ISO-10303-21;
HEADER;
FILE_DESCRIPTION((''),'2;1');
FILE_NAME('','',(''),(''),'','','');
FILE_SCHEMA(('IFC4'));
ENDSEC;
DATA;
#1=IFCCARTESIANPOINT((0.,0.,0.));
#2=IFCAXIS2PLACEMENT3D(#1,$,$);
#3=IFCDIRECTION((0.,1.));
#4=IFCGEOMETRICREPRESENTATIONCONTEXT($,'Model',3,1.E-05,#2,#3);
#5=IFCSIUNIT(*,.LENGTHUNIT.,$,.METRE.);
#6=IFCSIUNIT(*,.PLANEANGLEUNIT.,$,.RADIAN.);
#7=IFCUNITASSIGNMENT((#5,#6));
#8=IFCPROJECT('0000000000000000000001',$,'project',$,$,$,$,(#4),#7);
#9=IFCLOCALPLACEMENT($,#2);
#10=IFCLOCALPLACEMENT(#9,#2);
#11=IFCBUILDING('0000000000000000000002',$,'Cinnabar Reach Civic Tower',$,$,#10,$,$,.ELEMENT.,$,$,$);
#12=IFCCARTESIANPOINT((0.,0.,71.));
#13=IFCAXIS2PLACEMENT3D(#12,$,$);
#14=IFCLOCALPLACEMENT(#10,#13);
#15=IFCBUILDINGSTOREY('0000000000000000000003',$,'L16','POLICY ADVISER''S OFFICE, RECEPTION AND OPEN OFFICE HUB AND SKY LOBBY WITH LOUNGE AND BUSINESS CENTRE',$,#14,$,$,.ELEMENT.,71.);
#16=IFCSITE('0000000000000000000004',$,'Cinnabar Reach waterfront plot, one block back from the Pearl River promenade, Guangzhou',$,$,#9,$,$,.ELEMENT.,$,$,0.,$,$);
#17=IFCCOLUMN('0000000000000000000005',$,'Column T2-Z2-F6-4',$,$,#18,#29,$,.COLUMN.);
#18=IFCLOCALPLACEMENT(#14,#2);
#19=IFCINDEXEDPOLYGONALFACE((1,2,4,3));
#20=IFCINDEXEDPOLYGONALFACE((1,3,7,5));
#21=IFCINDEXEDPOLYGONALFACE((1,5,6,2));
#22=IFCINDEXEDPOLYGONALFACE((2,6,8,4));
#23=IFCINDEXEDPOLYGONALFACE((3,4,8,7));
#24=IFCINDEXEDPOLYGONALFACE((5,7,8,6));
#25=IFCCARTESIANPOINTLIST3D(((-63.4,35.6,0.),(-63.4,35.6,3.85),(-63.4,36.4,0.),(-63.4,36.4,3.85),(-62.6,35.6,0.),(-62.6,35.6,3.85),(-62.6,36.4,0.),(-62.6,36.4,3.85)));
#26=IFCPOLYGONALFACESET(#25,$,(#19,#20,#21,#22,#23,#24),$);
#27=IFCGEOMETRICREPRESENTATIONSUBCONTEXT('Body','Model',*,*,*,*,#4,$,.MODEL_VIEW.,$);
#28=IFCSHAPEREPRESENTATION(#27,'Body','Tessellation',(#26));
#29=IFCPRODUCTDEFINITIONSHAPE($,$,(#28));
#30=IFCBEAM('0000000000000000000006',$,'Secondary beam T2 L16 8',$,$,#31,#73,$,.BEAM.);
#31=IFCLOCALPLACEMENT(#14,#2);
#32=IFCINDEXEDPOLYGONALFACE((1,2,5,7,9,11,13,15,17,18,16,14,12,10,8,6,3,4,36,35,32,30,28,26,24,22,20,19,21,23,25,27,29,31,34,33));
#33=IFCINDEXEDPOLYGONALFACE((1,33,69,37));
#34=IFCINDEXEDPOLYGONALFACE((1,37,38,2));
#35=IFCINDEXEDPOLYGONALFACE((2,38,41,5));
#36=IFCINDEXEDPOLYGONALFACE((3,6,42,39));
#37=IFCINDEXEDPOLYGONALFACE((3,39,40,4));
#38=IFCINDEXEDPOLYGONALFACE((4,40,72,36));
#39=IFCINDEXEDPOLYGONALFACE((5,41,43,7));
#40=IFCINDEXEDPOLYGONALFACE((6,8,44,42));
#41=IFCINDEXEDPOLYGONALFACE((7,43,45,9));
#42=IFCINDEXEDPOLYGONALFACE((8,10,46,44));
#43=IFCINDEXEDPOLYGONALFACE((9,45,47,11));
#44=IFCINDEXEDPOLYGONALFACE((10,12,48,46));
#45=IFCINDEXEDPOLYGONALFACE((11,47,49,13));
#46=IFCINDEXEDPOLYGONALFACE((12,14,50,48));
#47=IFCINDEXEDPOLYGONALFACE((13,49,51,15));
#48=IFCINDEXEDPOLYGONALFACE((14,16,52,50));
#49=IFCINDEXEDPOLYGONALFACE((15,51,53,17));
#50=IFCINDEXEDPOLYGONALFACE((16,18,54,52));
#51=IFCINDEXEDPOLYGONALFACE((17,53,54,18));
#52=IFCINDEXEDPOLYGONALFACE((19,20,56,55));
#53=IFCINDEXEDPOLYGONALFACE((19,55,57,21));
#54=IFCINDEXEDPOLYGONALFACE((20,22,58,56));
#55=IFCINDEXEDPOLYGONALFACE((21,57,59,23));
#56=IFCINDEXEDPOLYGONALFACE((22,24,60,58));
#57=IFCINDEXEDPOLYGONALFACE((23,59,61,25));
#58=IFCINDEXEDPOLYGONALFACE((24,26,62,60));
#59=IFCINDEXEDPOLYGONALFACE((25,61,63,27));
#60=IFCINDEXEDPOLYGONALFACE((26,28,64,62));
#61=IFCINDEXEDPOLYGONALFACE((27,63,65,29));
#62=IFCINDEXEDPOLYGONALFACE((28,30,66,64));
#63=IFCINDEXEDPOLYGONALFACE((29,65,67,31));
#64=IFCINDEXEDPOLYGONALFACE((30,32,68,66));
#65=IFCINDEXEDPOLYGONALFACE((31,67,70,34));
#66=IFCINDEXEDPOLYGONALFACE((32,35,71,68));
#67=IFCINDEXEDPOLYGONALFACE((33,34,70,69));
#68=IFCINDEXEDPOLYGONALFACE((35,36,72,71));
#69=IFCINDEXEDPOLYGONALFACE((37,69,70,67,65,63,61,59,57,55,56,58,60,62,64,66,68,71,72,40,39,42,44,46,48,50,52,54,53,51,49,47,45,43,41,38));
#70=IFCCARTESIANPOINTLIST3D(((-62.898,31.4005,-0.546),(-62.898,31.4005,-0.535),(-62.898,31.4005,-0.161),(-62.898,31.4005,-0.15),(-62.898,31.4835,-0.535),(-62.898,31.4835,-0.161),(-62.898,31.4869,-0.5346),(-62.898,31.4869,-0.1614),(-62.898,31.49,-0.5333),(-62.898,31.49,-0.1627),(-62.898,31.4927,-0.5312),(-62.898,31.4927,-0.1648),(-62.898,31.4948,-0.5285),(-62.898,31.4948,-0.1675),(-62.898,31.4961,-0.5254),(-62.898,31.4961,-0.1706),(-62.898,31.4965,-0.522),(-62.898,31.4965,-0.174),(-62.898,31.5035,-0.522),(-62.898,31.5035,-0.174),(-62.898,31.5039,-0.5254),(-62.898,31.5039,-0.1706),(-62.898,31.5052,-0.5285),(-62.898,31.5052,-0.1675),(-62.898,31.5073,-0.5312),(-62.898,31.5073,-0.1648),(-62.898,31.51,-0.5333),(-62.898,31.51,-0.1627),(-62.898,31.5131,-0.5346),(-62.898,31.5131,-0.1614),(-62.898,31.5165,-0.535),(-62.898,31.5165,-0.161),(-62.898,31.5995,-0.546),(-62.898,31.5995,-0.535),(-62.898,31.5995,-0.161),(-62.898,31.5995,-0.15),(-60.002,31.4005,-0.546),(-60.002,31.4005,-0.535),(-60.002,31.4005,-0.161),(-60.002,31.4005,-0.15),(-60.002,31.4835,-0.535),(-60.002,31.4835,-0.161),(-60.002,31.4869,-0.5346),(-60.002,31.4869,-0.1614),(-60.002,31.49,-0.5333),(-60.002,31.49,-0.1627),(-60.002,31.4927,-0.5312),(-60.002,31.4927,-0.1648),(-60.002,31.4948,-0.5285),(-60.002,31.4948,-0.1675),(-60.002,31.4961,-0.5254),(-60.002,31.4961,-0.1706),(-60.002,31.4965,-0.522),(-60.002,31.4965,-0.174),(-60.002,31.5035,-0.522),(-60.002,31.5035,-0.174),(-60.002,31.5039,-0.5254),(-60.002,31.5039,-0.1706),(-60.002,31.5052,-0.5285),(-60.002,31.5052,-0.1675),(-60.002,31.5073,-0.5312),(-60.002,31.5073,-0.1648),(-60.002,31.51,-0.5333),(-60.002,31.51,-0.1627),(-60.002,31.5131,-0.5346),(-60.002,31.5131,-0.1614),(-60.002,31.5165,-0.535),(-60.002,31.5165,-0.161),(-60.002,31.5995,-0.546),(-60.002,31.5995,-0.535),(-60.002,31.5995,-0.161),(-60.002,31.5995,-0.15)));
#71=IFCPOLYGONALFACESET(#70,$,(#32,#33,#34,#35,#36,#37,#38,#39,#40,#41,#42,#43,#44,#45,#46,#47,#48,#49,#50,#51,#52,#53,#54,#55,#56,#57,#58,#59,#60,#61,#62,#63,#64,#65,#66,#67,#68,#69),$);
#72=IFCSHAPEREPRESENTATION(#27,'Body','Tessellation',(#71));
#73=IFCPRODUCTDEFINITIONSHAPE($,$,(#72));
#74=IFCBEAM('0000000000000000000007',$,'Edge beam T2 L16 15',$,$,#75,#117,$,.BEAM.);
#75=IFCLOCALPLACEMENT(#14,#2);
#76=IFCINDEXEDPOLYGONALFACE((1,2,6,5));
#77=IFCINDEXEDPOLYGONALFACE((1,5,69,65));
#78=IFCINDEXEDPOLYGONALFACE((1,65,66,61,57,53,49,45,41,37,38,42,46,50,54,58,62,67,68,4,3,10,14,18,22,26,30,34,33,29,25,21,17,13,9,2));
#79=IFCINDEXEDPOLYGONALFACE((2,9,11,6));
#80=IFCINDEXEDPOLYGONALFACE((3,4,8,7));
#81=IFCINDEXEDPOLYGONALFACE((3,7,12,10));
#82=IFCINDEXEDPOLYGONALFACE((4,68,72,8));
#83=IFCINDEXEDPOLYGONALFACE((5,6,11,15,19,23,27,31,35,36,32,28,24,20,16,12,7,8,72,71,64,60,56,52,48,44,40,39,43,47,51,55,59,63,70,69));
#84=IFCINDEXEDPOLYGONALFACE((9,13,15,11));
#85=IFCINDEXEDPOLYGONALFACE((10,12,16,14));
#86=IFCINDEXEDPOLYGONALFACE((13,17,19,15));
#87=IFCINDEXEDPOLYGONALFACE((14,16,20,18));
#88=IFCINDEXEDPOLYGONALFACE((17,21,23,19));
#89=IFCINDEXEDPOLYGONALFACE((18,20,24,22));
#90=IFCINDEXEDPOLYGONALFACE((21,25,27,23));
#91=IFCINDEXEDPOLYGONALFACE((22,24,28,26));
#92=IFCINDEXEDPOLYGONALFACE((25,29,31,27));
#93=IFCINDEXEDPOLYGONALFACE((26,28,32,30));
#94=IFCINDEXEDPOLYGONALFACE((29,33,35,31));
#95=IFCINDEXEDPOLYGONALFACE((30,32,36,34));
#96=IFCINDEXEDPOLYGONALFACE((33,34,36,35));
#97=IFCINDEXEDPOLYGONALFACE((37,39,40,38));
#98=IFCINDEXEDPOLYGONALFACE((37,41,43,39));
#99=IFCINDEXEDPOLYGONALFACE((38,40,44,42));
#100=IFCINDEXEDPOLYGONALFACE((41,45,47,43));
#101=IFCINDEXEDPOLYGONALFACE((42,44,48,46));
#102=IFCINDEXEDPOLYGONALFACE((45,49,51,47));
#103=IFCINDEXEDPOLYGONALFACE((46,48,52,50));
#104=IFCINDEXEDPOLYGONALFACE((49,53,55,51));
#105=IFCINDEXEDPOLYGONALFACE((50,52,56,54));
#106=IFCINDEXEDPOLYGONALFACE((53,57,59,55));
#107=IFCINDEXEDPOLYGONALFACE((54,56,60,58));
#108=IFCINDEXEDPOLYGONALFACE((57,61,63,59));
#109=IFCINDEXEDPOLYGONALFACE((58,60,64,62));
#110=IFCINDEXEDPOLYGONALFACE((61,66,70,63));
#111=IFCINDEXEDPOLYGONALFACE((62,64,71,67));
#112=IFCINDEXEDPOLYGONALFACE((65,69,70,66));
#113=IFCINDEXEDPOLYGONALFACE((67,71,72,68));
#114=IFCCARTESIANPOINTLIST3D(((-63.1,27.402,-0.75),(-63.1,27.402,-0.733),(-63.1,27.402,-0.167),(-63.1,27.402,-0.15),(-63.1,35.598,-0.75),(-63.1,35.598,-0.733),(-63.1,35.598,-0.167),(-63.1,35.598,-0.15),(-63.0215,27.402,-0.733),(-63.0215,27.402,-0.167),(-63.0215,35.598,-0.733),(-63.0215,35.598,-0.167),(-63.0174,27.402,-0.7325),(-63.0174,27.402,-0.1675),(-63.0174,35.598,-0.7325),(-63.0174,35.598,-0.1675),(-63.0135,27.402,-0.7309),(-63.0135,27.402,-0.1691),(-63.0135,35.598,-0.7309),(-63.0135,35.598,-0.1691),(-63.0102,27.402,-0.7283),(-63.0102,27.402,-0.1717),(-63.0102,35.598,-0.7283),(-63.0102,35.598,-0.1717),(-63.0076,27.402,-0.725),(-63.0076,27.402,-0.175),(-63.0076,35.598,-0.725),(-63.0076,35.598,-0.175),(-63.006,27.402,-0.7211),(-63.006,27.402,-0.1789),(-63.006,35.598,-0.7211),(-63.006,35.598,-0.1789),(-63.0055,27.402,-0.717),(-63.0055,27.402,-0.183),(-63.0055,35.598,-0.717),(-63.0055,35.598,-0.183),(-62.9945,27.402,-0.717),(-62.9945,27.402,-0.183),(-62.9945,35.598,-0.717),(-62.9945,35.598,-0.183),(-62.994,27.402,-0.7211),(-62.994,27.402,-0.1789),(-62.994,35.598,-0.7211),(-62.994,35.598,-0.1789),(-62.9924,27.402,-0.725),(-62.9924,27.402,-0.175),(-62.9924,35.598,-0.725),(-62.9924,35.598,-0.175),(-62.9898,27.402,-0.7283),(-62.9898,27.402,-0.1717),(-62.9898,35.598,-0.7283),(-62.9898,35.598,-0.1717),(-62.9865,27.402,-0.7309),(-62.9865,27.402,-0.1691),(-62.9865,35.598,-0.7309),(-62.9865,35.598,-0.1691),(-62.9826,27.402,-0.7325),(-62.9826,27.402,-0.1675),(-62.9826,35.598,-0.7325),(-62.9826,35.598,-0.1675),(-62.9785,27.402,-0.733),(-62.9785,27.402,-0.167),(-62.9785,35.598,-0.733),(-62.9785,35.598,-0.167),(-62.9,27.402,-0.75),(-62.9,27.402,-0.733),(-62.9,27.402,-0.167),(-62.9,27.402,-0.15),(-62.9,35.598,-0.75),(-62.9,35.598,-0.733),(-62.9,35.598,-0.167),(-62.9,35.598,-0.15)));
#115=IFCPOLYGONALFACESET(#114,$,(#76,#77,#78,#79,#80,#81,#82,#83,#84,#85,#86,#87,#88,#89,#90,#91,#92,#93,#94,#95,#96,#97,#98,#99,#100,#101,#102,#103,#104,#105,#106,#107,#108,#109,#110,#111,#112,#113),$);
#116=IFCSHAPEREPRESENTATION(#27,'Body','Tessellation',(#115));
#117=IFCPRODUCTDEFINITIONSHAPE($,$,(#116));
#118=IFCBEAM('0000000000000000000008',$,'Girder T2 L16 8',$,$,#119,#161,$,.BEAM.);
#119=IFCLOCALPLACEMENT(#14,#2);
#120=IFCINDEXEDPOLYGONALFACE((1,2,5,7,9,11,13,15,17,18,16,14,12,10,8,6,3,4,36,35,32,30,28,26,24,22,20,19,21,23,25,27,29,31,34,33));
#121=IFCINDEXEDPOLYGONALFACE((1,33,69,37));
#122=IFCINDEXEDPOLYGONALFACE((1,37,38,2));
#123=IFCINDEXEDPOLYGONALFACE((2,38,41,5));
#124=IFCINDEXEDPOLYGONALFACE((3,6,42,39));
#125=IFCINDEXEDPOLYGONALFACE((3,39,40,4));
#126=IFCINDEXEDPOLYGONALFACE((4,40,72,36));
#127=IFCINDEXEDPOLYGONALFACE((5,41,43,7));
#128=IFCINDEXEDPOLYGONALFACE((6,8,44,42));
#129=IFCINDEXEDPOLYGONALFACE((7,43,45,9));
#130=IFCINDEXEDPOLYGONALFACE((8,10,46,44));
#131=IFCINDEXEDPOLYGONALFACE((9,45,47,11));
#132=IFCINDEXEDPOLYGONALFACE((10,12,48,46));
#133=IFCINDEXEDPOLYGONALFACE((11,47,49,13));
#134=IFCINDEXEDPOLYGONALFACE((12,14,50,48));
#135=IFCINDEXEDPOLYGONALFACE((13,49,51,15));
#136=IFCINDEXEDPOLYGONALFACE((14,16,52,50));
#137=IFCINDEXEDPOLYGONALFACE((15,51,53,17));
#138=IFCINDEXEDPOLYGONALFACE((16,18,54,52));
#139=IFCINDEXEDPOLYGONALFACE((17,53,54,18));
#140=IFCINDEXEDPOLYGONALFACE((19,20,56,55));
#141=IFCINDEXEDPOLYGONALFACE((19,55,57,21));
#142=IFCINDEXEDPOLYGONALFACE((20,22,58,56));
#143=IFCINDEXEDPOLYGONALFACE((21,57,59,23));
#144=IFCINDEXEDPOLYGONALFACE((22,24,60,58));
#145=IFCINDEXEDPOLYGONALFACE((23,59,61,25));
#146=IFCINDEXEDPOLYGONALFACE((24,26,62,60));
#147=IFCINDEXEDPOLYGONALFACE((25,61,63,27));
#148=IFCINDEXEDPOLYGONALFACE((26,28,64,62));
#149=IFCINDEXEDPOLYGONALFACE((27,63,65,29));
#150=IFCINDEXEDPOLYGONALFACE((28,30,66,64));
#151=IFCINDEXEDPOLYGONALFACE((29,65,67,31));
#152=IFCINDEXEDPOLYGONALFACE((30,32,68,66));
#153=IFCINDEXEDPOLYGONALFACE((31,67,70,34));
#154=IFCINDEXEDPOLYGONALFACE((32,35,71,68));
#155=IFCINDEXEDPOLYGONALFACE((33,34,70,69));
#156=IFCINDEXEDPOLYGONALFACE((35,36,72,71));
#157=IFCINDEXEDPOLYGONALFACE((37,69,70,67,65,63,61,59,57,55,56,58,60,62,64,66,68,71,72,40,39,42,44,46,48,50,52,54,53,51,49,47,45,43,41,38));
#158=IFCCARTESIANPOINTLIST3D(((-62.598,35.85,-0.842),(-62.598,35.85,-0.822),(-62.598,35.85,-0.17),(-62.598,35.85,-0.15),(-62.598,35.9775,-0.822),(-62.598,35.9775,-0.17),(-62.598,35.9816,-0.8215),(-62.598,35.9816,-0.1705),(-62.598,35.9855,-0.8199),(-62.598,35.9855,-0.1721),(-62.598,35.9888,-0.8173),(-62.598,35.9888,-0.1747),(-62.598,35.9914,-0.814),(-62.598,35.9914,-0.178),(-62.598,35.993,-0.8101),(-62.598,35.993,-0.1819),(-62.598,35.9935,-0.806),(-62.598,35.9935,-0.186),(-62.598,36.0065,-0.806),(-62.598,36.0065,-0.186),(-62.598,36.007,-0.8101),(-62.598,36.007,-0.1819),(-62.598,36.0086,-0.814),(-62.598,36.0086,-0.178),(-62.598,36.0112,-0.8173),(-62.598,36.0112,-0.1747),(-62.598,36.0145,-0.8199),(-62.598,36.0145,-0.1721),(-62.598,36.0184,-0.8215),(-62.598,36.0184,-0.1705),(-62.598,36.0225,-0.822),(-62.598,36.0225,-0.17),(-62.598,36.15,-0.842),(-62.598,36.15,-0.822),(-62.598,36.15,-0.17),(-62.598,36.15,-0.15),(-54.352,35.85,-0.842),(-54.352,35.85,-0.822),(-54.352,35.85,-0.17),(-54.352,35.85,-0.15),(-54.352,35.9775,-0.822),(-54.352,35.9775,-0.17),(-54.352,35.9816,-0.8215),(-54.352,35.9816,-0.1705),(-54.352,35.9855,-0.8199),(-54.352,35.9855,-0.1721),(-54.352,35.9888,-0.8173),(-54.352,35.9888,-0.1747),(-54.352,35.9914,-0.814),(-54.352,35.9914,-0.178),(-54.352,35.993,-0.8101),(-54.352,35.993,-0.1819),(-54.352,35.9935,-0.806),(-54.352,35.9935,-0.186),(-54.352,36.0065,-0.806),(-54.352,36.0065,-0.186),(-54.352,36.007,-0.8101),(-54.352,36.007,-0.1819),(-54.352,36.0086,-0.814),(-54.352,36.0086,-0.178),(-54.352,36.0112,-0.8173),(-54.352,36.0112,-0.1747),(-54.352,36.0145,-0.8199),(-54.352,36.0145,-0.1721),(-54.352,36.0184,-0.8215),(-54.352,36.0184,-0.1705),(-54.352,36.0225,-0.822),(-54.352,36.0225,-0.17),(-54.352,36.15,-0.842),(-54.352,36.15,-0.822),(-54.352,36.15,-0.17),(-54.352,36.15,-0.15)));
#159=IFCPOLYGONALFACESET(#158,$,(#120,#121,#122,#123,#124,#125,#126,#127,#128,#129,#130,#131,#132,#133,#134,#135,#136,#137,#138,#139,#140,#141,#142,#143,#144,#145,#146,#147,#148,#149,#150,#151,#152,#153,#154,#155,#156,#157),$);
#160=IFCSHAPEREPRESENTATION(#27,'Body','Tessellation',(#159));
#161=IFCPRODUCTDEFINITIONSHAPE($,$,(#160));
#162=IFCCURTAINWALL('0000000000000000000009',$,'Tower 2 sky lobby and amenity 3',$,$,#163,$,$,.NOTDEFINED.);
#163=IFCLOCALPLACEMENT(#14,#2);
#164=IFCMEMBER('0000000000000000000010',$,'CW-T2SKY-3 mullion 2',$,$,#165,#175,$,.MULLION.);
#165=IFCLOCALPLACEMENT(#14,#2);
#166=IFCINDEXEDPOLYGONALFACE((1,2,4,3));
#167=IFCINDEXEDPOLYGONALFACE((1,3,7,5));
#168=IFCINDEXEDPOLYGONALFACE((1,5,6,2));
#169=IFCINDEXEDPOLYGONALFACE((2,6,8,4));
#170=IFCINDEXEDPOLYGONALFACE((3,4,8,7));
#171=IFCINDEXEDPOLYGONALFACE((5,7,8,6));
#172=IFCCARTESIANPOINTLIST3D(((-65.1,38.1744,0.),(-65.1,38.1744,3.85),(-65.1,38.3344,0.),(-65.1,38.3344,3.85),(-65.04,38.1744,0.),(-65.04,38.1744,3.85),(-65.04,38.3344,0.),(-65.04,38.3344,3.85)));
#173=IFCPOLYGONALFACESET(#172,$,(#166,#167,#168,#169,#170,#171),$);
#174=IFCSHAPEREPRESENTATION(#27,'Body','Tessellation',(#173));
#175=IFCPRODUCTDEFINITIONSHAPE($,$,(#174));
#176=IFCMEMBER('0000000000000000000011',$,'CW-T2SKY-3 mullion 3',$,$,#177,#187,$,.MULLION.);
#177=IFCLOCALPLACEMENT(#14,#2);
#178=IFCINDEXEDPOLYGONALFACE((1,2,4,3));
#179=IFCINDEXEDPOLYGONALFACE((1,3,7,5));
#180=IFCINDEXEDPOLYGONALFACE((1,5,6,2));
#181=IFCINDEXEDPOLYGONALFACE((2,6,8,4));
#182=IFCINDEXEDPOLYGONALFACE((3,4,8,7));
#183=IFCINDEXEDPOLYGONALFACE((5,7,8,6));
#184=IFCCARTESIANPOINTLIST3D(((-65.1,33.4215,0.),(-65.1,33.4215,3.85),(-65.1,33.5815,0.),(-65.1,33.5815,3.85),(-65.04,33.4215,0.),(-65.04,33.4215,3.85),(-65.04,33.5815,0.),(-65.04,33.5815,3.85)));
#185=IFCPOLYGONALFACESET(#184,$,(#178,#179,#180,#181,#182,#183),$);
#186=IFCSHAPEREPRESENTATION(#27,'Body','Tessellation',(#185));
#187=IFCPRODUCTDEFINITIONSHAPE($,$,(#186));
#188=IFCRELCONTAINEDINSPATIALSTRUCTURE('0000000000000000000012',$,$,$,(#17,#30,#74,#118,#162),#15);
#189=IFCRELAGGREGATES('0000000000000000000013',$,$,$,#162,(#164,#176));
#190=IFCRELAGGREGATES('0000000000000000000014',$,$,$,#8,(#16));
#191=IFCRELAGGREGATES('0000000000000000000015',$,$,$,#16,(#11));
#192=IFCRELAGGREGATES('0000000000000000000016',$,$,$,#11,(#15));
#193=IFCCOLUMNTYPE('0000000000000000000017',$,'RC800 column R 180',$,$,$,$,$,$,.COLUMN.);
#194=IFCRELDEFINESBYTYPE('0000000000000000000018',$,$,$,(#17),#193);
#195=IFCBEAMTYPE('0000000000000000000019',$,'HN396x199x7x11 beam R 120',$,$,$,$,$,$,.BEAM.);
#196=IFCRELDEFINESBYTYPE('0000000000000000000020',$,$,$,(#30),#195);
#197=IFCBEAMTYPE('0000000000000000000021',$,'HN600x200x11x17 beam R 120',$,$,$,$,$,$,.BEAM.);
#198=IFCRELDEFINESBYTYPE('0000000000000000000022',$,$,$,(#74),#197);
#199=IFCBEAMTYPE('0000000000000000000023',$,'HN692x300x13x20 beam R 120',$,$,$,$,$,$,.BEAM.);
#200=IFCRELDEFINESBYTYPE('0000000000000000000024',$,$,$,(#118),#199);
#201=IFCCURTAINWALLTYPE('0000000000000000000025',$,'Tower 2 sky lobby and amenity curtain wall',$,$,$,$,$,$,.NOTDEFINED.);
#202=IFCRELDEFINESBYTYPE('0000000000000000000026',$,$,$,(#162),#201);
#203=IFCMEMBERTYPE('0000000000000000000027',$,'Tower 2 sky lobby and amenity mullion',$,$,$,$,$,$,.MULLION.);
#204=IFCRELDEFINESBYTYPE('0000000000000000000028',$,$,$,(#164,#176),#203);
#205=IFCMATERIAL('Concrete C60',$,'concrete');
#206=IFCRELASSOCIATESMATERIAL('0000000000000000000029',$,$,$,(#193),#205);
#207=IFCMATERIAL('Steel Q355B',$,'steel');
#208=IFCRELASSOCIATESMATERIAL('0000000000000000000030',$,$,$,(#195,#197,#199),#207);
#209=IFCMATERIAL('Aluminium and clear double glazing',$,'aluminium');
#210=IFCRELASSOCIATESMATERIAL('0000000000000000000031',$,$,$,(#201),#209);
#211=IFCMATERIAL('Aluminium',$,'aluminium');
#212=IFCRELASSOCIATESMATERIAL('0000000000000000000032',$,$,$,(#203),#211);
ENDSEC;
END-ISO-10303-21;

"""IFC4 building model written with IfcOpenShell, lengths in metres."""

from ifc_helpers import new_model, si_unit, direction, frame, origin, origin_2d, place, context, subcontext, project, spatial, rectangle, i_section, extrude, material, material_profile, profile_set, type_object, element, aggregate, save


model = new_model("IFC4")

# Units and contexts
model_context = context("Model", 3, precision=1e-05, world=origin(), true_north=direction((0.0, 1.0)))
body_context = subcontext(model_context, "Body", "Model", "MODEL_VIEW")
ifc_project = project(units=[si_unit("LENGTHUNIT", "METRE"), si_unit("PLANEANGLEUNIT", "RADIAN")], contexts=[model_context])

# Site, building, storey
site_placement = place(None, origin())
site = spatial("IfcSite", under=ifc_project, at=site_placement, Name="Cinnabar Reach waterfront plot, one block back from the Pearl River promenade, Guangzhou", CompositionType="ELEMENT", RefElevation=0.0)
building_placement = place(site_placement, origin())
building = spatial("IfcBuilding", under=site, at=building_placement, Name="Cinnabar Reach Civic Tower", CompositionType="ELEMENT")
storey_placement = place(building_placement, frame((0.0, 0.0, 71.0)))
storey = spatial("IfcBuildingStorey", under=building, at=storey_placement, Name="L16", Description="POLICY ADVISER'S OFFICE, RECEPTION AND OPEN OFFICE HUB AND SKY LOBBY WITH LOUNGE AND BUSINESS CENTRE", CompositionType="ELEMENT", Elevation=71.0)

# Column
ifc_material_1 = material(Name="Concrete C60", Category="concrete")
ifc_material_profile_1 = material_profile(ifc_material_1, rectangle(XDim=0.8, YDim=0.8, at=origin_2d()), Name="RC800")
ifc_profile_set_1 = profile_set([ifc_material_profile_1], Name="Concrete C60")
column_type = type_object("IfcColumnType", Name="RC800 column R 180", PredefinedType="COLUMN", material=ifc_profile_set_1)
column_placement = place(storey_placement, frame((-63.0, 36.0, 0.0), z_axis=(0.0, 0.0, 1.0), x_axis=(1.0, 0.0, 0.0)))
element("IfcColumn", 1, at=column_placement, inside=storey, type_object=column_type, Name="Column T2-Z2-F6-4", PredefinedType="COLUMN", context=body_context, shape_type="SweptSolid", body=[
    extrude(rectangle(XDim=0.8, YDim=0.8, at=origin_2d()), origin(), (0.0, 0.0, 1.0), 3.85),
])

# Beams
ifc_material_2 = material(Name="Steel Q355B", Category="steel")
ifc_material_profile_2 = material_profile(ifc_material_2, i_section(OverallWidth=0.199, OverallDepth=0.396, WebThickness=0.007, FlangeThickness=0.011, FilletRadius=0.013, at=origin_2d()), Name="HN396x199x7x11")
ifc_profile_set_2 = profile_set([ifc_material_profile_2], Name="Steel Q355B")
beam_type_1 = type_object("IfcBeamType", Name="HN396x199x7x11 beam R 120", PredefinedType="BEAM", material=ifc_profile_set_2)
beam_1_placement = place(storey_placement, frame((-62.898, 31.5, -0.348), z_axis=(1.0, 0.0, 0.0), x_axis=(0.0, 1.0, 0.0)))
element("IfcBeam", 2, at=beam_1_placement, inside=storey, type_object=beam_type_1, Name="Secondary beam T2 L16 8", PredefinedType="BEAM", context=body_context, shape_type="SweptSolid", body=[
    extrude(i_section(OverallWidth=0.199, OverallDepth=0.396, WebThickness=0.007, FlangeThickness=0.011, FilletRadius=0.013, at=origin_2d()), origin(), (0.0, 0.0, 1.0), 2.896),
])
ifc_material_profile_3 = material_profile(ifc_material_2, i_section(OverallWidth=0.2, OverallDepth=0.6, WebThickness=0.011, FlangeThickness=0.017, FilletRadius=0.016, at=origin_2d()), Name="HN600x200x11x17")
ifc_profile_set_3 = profile_set([ifc_material_profile_3], Name="Steel Q355B")
beam_type_2 = type_object("IfcBeamType", Name="HN600x200x11x17 beam R 120", PredefinedType="BEAM", material=ifc_profile_set_3)
beam_2_placement = place(storey_placement, frame((-63.0, 35.598, -0.45), z_axis=(0.0, -1.0, 0.0), x_axis=(1.0, 0.0, 0.0)))
element("IfcBeam", 3, at=beam_2_placement, inside=storey, type_object=beam_type_2, Name="Edge beam T2 L16 15", PredefinedType="BEAM", context=body_context, shape_type="SweptSolid", body=[
    extrude(i_section(OverallWidth=0.2, OverallDepth=0.6, WebThickness=0.011, FlangeThickness=0.017, FilletRadius=0.016, at=origin_2d()), origin(), (0.0, 0.0, 1.0), 8.196),
])
ifc_material_profile_4 = material_profile(ifc_material_2, i_section(OverallWidth=0.3, OverallDepth=0.692, WebThickness=0.013, FlangeThickness=0.02, FilletRadius=0.016, at=origin_2d()), Name="HN692x300x13x20")
ifc_profile_set_4 = profile_set([ifc_material_profile_4], Name="Steel Q355B")
beam_type_3 = type_object("IfcBeamType", Name="HN692x300x13x20 beam R 120", PredefinedType="BEAM", material=ifc_profile_set_4)
beam_3_placement = place(storey_placement, frame((-62.598, 36.0, -0.496), z_axis=(1.0, 0.0, 0.0), x_axis=(0.0, 1.0, 0.0)))
element("IfcBeam", 4, at=beam_3_placement, inside=storey, type_object=beam_type_3, Name="Girder T2 L16 8", PredefinedType="BEAM", context=body_context, shape_type="SweptSolid", body=[
    extrude(i_section(OverallWidth=0.3, OverallDepth=0.692, WebThickness=0.013, FlangeThickness=0.02, FilletRadius=0.016, at=origin_2d()), origin(), (0.0, 0.0, 1.0), 8.246),
])

# Curtain wall, members
ifc_material_3 = material(Name="Aluminium and clear double glazing", Category="aluminium")
curtain_wall_type = type_object("IfcCurtainWallType", Name="Tower 2 sky lobby and amenity curtain wall", PredefinedType="NOTDEFINED", material=ifc_material_3)
curtain_wall_placement = place(storey_placement, origin())
curtain_wall = element("IfcCurtainWall", 5, at=curtain_wall_placement, inside=storey, type_object=curtain_wall_type, Name="Tower 2 sky lobby and amenity 3", PredefinedType="NOTDEFINED")
ifc_material_4 = material(Name="Aluminium", Category="aluminium")
ifc_material_profile_5 = material_profile(ifc_material_4, rectangle(XDim=0.06, YDim=0.16, at=origin_2d()), Name="Tower 2 sky lobby and amenity mullion")
ifc_profile_set_5 = profile_set([ifc_material_profile_5], Name="Aluminium")
member_type_1 = type_object("IfcMemberType", Name="Tower 2 sky lobby and amenity mullion", PredefinedType="MULLION", material=ifc_profile_set_5)
member_1_placement = place(storey_placement, frame((-65.07, 38.2544, 0.0), z_axis=(0.0, 0.0, 1.0), x_axis=(1.0, 0.0, 0.0)))
member_1 = element("IfcMember", 6, at=member_1_placement, type_object=member_type_1, Name="CW-T2SKY-3 mullion 2", PredefinedType="MULLION", context=body_context, shape_type="SweptSolid", body=[
    extrude(rectangle(XDim=0.06, YDim=0.16, at=origin_2d()), origin(), (0.0, 0.0, 1.0), 3.85),
])
member_2_placement = place(storey_placement, frame((-65.07, 33.5015, 0.0), z_axis=(0.0, 0.0, 1.0), x_axis=(1.0, 0.0, 0.0)))
member_2 = element("IfcMember", 7, at=member_2_placement, type_object=member_type_1, Name="CW-T2SKY-3 mullion 3", PredefinedType="MULLION", context=body_context, shape_type="SweptSolid", body=[
    extrude(rectangle(XDim=0.06, YDim=0.16, at=origin_2d()), origin(), (0.0, 0.0, 1.0), 3.85),
])
aggregate(curtain_wall, [member_1, member_2])

save(model, "model.ifc")
